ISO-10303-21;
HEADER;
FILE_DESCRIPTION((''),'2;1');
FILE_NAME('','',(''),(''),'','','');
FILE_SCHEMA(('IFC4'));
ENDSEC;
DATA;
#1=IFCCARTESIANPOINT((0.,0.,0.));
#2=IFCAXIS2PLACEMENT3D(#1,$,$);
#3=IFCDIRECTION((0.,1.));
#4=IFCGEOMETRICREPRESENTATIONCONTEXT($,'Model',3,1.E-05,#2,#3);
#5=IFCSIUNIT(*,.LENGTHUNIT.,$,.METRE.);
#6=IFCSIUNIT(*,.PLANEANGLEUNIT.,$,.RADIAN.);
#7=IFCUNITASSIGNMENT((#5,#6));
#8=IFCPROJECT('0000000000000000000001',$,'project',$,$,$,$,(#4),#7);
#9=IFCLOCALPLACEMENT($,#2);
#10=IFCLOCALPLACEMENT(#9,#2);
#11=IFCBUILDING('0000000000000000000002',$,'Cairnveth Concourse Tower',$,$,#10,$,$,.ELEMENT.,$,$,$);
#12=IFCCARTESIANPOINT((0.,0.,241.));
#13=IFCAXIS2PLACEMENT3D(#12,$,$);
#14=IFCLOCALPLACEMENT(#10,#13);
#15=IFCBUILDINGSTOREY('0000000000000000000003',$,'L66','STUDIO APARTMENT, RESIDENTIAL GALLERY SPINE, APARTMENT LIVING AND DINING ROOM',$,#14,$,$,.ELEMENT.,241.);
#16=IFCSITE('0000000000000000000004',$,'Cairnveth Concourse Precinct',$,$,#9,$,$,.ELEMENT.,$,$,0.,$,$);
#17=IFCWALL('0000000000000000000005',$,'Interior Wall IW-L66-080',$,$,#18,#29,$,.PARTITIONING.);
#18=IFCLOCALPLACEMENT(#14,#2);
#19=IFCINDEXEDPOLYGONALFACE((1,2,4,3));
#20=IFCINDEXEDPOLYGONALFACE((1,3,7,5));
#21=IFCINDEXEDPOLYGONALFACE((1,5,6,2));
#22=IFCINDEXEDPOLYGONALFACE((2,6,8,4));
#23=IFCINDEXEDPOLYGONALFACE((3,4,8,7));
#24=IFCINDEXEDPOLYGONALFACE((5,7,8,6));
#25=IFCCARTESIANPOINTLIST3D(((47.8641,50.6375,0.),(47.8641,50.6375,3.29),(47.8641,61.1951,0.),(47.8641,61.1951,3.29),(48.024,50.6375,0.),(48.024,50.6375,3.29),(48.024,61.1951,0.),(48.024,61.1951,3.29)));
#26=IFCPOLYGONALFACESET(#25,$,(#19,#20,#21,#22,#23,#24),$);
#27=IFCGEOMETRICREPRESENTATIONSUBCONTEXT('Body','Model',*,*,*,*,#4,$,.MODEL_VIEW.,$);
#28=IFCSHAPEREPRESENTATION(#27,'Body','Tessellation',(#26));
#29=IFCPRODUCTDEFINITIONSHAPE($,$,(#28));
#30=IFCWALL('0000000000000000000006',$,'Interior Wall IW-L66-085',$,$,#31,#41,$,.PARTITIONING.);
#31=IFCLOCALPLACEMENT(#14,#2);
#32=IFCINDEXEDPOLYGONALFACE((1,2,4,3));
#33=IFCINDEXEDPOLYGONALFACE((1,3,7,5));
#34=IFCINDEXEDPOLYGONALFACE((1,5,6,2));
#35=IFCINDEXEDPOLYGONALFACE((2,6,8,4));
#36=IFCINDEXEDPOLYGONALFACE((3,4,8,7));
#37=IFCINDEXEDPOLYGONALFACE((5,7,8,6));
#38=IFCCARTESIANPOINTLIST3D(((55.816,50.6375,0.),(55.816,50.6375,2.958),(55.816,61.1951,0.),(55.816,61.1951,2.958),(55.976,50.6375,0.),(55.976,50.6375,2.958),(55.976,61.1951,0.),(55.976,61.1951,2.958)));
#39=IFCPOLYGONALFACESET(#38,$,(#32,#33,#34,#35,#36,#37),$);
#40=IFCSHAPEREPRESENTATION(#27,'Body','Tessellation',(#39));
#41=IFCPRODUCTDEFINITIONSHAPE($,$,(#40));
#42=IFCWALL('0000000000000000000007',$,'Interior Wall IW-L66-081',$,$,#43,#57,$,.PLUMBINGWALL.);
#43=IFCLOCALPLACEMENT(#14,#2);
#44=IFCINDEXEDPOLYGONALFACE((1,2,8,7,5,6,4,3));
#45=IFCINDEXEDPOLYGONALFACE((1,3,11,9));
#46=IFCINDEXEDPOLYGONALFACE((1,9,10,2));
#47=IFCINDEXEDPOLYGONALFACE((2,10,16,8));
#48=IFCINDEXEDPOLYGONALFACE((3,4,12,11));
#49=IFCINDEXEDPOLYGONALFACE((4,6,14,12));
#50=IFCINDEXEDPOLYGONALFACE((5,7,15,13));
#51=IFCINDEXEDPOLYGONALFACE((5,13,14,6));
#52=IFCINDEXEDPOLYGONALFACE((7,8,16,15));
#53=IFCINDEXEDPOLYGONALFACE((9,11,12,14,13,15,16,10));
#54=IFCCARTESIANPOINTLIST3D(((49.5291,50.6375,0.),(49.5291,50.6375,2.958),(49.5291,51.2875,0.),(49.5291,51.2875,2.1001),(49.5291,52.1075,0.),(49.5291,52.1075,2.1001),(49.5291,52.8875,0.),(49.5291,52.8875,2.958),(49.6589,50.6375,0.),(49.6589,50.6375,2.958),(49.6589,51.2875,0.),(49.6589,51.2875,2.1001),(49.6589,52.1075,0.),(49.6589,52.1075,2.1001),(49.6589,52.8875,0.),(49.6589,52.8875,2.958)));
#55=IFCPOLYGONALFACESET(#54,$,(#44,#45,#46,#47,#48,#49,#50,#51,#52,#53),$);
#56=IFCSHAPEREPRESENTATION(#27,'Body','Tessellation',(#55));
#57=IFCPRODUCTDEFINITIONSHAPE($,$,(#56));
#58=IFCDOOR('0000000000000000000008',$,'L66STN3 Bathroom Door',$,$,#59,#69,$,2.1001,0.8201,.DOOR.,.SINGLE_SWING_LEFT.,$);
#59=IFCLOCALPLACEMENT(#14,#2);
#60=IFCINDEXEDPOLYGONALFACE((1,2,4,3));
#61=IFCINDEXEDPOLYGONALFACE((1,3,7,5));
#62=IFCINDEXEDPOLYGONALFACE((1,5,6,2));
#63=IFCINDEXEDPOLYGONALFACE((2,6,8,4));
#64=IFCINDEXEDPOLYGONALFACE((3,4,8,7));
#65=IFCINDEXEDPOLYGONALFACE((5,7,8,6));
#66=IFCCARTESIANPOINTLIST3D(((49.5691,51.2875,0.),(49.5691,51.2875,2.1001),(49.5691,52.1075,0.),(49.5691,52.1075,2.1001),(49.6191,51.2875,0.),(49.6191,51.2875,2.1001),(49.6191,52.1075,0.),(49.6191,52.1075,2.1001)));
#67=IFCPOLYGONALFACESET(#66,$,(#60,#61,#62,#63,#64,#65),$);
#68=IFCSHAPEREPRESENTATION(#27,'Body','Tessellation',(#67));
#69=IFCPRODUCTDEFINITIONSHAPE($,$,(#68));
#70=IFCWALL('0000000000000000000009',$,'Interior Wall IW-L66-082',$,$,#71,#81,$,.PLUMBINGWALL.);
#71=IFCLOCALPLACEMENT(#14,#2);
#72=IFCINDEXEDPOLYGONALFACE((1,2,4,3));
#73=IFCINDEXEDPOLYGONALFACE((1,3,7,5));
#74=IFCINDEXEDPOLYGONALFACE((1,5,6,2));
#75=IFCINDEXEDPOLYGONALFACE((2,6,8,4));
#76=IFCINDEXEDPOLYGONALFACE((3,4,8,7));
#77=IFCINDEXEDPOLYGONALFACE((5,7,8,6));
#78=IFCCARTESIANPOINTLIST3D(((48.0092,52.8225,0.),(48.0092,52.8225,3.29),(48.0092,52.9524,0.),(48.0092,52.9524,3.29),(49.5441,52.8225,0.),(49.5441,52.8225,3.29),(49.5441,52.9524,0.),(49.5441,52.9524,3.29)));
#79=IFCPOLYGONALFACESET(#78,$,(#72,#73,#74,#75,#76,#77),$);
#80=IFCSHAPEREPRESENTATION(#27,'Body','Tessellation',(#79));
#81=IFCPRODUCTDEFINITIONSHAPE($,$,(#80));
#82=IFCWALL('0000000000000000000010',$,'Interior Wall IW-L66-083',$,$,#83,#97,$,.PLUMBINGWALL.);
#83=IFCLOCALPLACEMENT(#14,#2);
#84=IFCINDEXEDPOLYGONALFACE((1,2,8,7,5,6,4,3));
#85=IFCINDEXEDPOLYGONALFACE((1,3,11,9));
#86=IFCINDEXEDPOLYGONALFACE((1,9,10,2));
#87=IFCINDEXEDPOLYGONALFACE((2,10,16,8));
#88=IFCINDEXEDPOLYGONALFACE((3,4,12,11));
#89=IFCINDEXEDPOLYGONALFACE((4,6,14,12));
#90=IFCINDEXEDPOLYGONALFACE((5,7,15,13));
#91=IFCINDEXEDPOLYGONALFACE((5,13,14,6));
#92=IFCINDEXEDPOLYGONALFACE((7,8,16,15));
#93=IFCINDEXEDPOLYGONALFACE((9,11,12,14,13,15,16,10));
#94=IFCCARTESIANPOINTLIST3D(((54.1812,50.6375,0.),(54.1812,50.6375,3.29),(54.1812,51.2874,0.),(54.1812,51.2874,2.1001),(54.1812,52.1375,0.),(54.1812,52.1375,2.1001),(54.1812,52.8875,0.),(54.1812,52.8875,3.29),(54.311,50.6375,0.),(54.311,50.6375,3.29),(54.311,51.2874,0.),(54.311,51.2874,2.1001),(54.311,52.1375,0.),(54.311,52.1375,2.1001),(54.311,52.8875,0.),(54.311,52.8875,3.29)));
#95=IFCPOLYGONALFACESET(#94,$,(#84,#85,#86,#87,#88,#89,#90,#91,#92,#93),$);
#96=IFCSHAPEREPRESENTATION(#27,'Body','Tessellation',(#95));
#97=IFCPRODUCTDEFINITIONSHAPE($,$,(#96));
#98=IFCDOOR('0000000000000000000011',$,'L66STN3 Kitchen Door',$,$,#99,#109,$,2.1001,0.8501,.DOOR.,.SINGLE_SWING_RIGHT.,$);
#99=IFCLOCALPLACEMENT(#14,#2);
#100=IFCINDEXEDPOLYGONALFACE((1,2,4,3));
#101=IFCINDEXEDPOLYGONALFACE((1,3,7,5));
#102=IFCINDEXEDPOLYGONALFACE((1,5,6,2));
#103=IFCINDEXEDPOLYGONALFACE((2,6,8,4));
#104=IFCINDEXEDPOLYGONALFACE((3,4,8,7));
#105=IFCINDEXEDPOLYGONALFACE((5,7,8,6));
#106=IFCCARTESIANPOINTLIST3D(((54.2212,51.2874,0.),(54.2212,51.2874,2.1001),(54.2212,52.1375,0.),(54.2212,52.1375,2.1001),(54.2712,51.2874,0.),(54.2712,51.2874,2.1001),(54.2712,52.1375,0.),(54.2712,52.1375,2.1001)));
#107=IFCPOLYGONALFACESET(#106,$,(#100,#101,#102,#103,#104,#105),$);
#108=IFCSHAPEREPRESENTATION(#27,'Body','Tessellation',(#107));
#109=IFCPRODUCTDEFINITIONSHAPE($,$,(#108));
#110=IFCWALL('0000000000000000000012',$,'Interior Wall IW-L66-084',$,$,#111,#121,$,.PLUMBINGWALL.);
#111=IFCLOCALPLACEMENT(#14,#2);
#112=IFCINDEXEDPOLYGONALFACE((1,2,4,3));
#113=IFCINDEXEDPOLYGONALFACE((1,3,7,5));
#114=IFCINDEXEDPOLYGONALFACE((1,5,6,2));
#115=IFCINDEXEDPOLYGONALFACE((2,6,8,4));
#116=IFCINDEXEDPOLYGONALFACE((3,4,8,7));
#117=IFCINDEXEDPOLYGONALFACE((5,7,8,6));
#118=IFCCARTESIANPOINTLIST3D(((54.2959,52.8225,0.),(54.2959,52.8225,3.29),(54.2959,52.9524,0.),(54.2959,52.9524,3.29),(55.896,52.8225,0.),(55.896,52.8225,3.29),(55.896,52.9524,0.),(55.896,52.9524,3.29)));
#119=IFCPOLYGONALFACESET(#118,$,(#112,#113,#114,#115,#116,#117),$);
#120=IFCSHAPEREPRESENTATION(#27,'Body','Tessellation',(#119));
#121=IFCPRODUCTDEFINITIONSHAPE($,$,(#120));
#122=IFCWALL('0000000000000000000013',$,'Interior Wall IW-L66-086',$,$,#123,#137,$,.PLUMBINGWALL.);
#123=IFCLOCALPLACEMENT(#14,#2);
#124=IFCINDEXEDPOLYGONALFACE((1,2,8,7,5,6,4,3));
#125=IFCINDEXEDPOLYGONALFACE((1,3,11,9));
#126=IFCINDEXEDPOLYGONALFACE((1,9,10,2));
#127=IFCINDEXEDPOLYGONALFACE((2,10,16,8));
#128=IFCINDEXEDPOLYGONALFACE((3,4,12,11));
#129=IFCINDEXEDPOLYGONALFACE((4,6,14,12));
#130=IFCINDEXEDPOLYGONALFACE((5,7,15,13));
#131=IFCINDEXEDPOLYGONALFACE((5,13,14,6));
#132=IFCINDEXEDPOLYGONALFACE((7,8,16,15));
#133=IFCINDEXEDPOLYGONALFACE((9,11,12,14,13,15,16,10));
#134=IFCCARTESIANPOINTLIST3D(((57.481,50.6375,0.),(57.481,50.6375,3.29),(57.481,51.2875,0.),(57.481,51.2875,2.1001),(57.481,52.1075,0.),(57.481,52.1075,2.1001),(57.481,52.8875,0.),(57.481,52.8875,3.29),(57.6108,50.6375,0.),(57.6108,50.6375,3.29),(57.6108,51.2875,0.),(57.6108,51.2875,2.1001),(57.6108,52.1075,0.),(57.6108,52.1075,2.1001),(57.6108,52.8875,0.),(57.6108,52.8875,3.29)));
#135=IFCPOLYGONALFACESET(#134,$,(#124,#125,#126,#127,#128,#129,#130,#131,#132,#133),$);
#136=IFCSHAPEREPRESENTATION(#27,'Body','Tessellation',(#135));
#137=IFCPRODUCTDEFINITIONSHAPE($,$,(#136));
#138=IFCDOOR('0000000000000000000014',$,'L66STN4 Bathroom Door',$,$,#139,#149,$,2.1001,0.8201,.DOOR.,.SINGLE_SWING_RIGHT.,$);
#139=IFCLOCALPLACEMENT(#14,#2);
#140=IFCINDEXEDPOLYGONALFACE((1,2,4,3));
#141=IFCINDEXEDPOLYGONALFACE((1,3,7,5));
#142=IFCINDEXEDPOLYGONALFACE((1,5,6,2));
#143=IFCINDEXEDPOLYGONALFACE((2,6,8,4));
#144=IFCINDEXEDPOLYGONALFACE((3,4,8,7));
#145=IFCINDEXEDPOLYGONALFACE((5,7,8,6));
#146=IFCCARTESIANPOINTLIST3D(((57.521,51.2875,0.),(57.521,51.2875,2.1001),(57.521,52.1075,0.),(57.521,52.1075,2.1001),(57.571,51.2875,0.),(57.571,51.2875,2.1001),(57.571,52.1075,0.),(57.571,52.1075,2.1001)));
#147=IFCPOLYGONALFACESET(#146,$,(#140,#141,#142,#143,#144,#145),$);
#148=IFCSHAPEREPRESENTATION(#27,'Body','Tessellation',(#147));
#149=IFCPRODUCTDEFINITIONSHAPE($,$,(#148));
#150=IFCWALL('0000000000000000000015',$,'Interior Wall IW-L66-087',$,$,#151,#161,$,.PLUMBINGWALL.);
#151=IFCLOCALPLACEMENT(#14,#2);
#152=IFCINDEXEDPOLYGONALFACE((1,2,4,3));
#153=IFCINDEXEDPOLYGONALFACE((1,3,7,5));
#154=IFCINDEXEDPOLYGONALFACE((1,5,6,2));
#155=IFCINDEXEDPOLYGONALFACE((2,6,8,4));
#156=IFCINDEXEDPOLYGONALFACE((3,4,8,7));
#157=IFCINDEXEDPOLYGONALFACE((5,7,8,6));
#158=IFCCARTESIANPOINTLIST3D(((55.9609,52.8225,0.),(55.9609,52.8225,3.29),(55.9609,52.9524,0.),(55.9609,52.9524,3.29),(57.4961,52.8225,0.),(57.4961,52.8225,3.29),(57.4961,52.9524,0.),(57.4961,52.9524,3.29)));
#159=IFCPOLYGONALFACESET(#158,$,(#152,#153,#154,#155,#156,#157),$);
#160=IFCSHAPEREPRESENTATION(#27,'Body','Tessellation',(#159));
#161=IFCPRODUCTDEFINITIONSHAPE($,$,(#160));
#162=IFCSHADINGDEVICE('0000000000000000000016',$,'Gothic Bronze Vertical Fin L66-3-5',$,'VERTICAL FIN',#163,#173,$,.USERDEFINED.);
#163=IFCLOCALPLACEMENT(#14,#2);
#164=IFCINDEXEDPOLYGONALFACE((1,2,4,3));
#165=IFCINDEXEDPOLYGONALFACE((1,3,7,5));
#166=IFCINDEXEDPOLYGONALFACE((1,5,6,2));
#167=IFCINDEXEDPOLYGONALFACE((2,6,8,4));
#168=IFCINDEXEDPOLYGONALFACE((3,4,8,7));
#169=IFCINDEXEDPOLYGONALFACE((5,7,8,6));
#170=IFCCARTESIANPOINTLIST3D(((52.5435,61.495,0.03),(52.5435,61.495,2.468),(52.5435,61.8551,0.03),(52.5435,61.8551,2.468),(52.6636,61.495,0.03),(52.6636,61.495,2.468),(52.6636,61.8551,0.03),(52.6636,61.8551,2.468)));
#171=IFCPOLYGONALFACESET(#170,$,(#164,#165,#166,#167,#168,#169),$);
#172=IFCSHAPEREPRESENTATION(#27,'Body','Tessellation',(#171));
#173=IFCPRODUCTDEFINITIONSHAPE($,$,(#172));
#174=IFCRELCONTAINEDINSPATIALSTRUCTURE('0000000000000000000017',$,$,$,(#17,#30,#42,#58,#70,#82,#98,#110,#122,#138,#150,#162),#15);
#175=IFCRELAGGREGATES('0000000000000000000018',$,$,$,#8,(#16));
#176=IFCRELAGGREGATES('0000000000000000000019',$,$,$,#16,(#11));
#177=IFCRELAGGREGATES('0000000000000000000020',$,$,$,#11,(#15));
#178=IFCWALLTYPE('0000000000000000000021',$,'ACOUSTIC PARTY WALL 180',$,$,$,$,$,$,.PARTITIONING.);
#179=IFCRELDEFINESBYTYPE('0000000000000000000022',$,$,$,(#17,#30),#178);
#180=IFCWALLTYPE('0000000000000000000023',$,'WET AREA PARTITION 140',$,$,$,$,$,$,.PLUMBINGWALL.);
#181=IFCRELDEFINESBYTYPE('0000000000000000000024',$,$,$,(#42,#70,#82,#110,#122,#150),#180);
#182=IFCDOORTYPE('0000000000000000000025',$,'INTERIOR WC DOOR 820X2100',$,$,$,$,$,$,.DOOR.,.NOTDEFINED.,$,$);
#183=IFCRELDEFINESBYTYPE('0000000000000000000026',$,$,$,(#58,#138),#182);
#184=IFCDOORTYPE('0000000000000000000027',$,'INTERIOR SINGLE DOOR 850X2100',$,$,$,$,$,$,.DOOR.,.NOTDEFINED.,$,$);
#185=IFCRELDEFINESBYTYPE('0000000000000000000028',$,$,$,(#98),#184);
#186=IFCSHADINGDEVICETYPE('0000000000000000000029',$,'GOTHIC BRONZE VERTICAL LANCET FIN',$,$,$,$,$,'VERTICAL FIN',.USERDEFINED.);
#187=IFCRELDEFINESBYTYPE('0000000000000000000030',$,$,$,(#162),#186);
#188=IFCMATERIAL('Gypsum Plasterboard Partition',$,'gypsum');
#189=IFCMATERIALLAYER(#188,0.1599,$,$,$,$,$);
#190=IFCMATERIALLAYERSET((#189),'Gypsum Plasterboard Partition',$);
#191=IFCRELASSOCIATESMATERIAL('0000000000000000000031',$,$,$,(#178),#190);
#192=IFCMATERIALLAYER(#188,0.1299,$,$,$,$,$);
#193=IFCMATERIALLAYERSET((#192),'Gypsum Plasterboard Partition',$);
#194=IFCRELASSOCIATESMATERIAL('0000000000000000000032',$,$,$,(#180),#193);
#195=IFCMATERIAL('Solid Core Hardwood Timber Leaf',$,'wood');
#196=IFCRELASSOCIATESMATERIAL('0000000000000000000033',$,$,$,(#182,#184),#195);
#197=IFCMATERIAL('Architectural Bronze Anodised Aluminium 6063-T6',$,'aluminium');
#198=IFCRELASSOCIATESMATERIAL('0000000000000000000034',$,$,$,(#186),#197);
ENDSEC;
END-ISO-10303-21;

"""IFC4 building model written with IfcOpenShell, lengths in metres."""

from ifc_helpers import new_model, si_unit, direction, frame, frame_2d, origin, origin_2d, place, context, subcontext, project, spatial, rectangle, extrude, material, layer, layer_set, type_object, element, fill, save


model = new_model("IFC4")

# Units and contexts
model_context = context("Model", 3, precision=1e-05, world=origin(), true_north=direction((0.0, 1.0)))
body_context = subcontext(model_context, "Body", "Model", "MODEL_VIEW")
ifc_project = project(units=[si_unit("LENGTHUNIT", "METRE"), si_unit("PLANEANGLEUNIT", "RADIAN")], contexts=[model_context])

# Site, building, storey
site_placement = place(None, origin())
site = spatial("IfcSite", under=ifc_project, at=site_placement, Name="Cairnveth Concourse Precinct", CompositionType="ELEMENT", RefElevation=0.0)
building_placement = place(site_placement, origin())
building = spatial("IfcBuilding", under=site, at=building_placement, Name="Cairnveth Concourse Tower", CompositionType="ELEMENT")
storey_placement = place(building_placement, frame((0.0, 0.0, 241.0)))
storey = spatial("IfcBuildingStorey", under=building, at=storey_placement, Name="L66", Description="STUDIO APARTMENT, RESIDENTIAL GALLERY SPINE, APARTMENT LIVING AND DINING ROOM", CompositionType="ELEMENT", Elevation=241.0)

# Walls
ifc_material_1 = material(Name="Gypsum Plasterboard Partition", Category="gypsum")
ifc_layer_1 = layer(ifc_material_1, 0.1599)
ifc_layer_set_1 = layer_set([ifc_layer_1], Name="Gypsum Plasterboard Partition")
wall_type_1 = type_object("IfcWallType", Name="ACOUSTIC PARTY WALL 180", PredefinedType="PARTITIONING", material=ifc_layer_set_1)
wall_1_placement = place(storey_placement, frame((47.9441, 50.6375, 0.0), z_axis=(0.0, 0.0, 1.0), x_axis=(0.0, 1.0, 0.0)))
element("IfcWall", 1, at=wall_1_placement, inside=storey, type_object=wall_type_1, Name="Interior Wall IW-L66-080", PredefinedType="PARTITIONING", context=body_context, shape_type="SweptSolid", body=[
    extrude(rectangle(XDim=10.5576, YDim=0.1599, at=frame_2d((5.2788, 0.0))), origin(), (0.0, 0.0, 1.0), 3.29),
])
wall_2_placement = place(storey_placement, frame((55.896, 50.6375, 0.0), z_axis=(0.0, 0.0, 1.0), x_axis=(0.0, 1.0, 0.0)))
element("IfcWall", 2, at=wall_2_placement, inside=storey, type_object=wall_type_1, Name="Interior Wall IW-L66-085", PredefinedType="PARTITIONING", context=body_context, shape_type="SweptSolid", body=[
    extrude(rectangle(XDim=10.5576, YDim=0.1599, at=frame_2d((5.2788, 0.0))), origin(), (0.0, 0.0, 1.0), 2.958),
])

# Wall, opening, door
ifc_layer_2 = layer(ifc_material_1, 0.1299)
ifc_layer_set_2 = layer_set([ifc_layer_2], Name="Gypsum Plasterboard Partition")
wall_type_2 = type_object("IfcWallType", Name="WET AREA PARTITION 140", PredefinedType="PLUMBINGWALL", material=ifc_layer_set_2)
wall_3_placement = place(storey_placement, frame((49.594, 50.6375, 0.0), z_axis=(0.0, 0.0, 1.0), x_axis=(0.0, 1.0, 0.0)))
wall_3 = element("IfcWall", 3, at=wall_3_placement, inside=storey, type_object=wall_type_2, Name="Interior Wall IW-L66-081", PredefinedType="PLUMBINGWALL", context=body_context, shape_type="SweptSolid", body=[
    extrude(rectangle(XDim=2.25, YDim=0.1299, at=frame_2d((1.125, 0.0))), origin(), (0.0, 0.0, 1.0), 2.958),
])
opening_1_placement = place(wall_3_placement, frame((0.6499, 0.0, 0.0)))
opening_1 = element("IfcOpeningElement", 4, at=opening_1_placement, cuts=wall_3, PredefinedType="OPENING", context=body_context, shape_type="SweptSolid", body=[
    extrude(rectangle(XDim=0.8201, YDim=2.1001, at=frame_2d((0.4102, 1.05))), frame((0.0, 0.075, 0.0), z_axis=(0.0, -1.0, 0.0), x_axis=(1.0, 0.0, 0.0)), (0.0, 0.0, 1.0), 0.1499),
])
ifc_material_2 = material(Name="Solid Core Hardwood Timber Leaf", Category="wood")
door_type_1 = type_object("IfcDoorType", Name="INTERIOR WC DOOR 820X2100", OperationType="NOTDEFINED", PredefinedType="DOOR", material=ifc_material_2)
door_1_placement = place(opening_1_placement, origin())
door_1 = element("IfcDoor", 5, at=door_1_placement, inside=storey, type_object=door_type_1, Name="L66STN3 Bathroom Door", OperationType="SINGLE_SWING_LEFT", OverallHeight=2.1001, OverallWidth=0.8201, PredefinedType="DOOR", context=body_context, shape_type="SweptSolid", body=[
    extrude(rectangle(XDim=0.8201, YDim=2.1001, at=frame_2d((0.4102, 1.05))), frame((0.0, 0.0249, 0.0), z_axis=(0.0, -1.0, 0.0), x_axis=(1.0, 0.0, 0.0)), (0.0, 0.0, 1.0), 0.05),
])
fill(opening_1, door_1)

# Wall
wall_4_placement = place(storey_placement, frame((48.009, 52.8875, 0.0), z_axis=(0.0, 0.0, 1.0), x_axis=(1.0, 0.0, 0.0)))
element("IfcWall", 6, at=wall_4_placement, inside=storey, type_object=wall_type_2, Name="Interior Wall IW-L66-082", PredefinedType="PLUMBINGWALL", context=body_context, shape_type="SweptSolid", body=[
    extrude(rectangle(XDim=1.5349, YDim=0.1299, at=frame_2d((0.7676, 0.0))), origin(), (0.0, 0.0, 1.0), 3.29),
])

# Wall, opening, door
wall_5_placement = place(storey_placement, frame((54.2461, 50.6375, 0.0), z_axis=(0.0, 0.0, 1.0), x_axis=(0.0, 1.0, 0.0)))
wall_5 = element("IfcWall", 7, at=wall_5_placement, inside=storey, type_object=wall_type_2, Name="Interior Wall IW-L66-083", PredefinedType="PLUMBINGWALL", context=body_context, shape_type="SweptSolid", body=[
    extrude(rectangle(XDim=2.25, YDim=0.1299, at=frame_2d((1.125, 0.0))), origin(), (0.0, 0.0, 1.0), 3.29),
])
opening_2_placement = place(wall_5_placement, frame((0.6499, 0.0, 0.0)))
opening_2 = element("IfcOpeningElement", 8, at=opening_2_placement, cuts=wall_5, PredefinedType="OPENING", context=body_context, shape_type="SweptSolid", body=[
    extrude(rectangle(XDim=0.8501, YDim=2.1001, at=frame_2d((0.425, 1.05))), frame((0.0, 0.075, 0.0), z_axis=(0.0, -1.0, 0.0), x_axis=(1.0, 0.0, 0.0)), (0.0, 0.0, 1.0), 0.1499),
])
door_type_2 = type_object("IfcDoorType", Name="INTERIOR SINGLE DOOR 850X2100", OperationType="NOTDEFINED", PredefinedType="DOOR", material=ifc_material_2)
door_2_placement = place(opening_2_placement, origin())
door_2 = element("IfcDoor", 9, at=door_2_placement, inside=storey, type_object=door_type_2, Name="L66STN3 Kitchen Door", OperationType="SINGLE_SWING_RIGHT", OverallHeight=2.1001, OverallWidth=0.8501, PredefinedType="DOOR", context=body_context, shape_type="SweptSolid", body=[
    extrude(rectangle(XDim=0.8501, YDim=2.1001, at=frame_2d((0.425, 1.05))), frame((0.0, 0.0249, 0.0), z_axis=(0.0, -1.0, 0.0), x_axis=(1.0, 0.0, 0.0)), (0.0, 0.0, 1.0), 0.05),
])
fill(opening_2, door_2)

# Wall
wall_6_placement = place(storey_placement, frame((54.2959, 52.8875, 0.0), z_axis=(0.0, 0.0, 1.0), x_axis=(1.0, 0.0, 0.0)))
element("IfcWall", 10, at=wall_6_placement, inside=storey, type_object=wall_type_2, Name="Interior Wall IW-L66-084", PredefinedType="PLUMBINGWALL", context=body_context, shape_type="SweptSolid", body=[
    extrude(rectangle(XDim=1.6001, YDim=0.1299, at=frame_2d((0.8, 0.0))), origin(), (0.0, 0.0, 1.0), 3.29),
])

# Wall, opening, door
wall_7_placement = place(storey_placement, frame((57.5459, 50.6375, 0.0), z_axis=(0.0, 0.0, 1.0), x_axis=(0.0, 1.0, 0.0)))
wall_7 = element("IfcWall", 11, at=wall_7_placement, inside=storey, type_object=wall_type_2, Name="Interior Wall IW-L66-086", PredefinedType="PLUMBINGWALL", context=body_context, shape_type="SweptSolid", body=[
    extrude(rectangle(XDim=2.25, YDim=0.1299, at=frame_2d((1.125, 0.0))), origin(), (0.0, 0.0, 1.0), 3.29),
])
opening_3_placement = place(wall_7_placement, frame((0.6499, 0.0, 0.0)))
opening_3 = element("IfcOpeningElement", 12, at=opening_3_placement, cuts=wall_7, PredefinedType="OPENING", context=body_context, shape_type="SweptSolid", body=[
    extrude(rectangle(XDim=0.8201, YDim=2.1001, at=frame_2d((0.4102, 1.05))), frame((0.0, 0.075, 0.0), z_axis=(0.0, -1.0, 0.0), x_axis=(1.0, 0.0, 0.0)), (0.0, 0.0, 1.0), 0.1499),
])
door_3_placement = place(opening_3_placement, origin())
door_3 = element("IfcDoor", 13, at=door_3_placement, inside=storey, type_object=door_type_1, Name="L66STN4 Bathroom Door", OperationType="SINGLE_SWING_RIGHT", OverallHeight=2.1001, OverallWidth=0.8201, PredefinedType="DOOR", context=body_context, shape_type="SweptSolid", body=[
    extrude(rectangle(XDim=0.8201, YDim=2.1001, at=frame_2d((0.4102, 1.05))), frame((0.0, 0.0249, 0.0), z_axis=(0.0, -1.0, 0.0), x_axis=(1.0, 0.0, 0.0)), (0.0, 0.0, 1.0), 0.05),
])
fill(opening_3, door_3)

# Wall
wall_8_placement = place(storey_placement, frame((55.9609, 52.8875, 0.0), z_axis=(0.0, 0.0, 1.0), x_axis=(1.0, 0.0, 0.0)))
element("IfcWall", 14, at=wall_8_placement, inside=storey, type_object=wall_type_2, Name="Interior Wall IW-L66-087", PredefinedType="PLUMBINGWALL", context=body_context, shape_type="SweptSolid", body=[
    extrude(rectangle(XDim=1.5352, YDim=0.1299, at=frame_2d((0.7676, 0.0))), origin(), (0.0, 0.0, 1.0), 3.29),
])

# Shading device
ifc_material_3 = material(Name="Architectural Bronze Anodised Aluminium 6063-T6", Category="aluminium")
shading_device_type = type_object("IfcShadingDeviceType", Name="GOTHIC BRONZE VERTICAL LANCET FIN", ElementType="VERTICAL FIN", PredefinedType="USERDEFINED", material=ifc_material_3)
for number, where, z_axis, x_axis, name in (
    (15, (52.6035, 61.675, 0.03), (0.0, 0.0, 1.0), (1.0, 0.0, 0.0), "Gothic Bronze Vertical Fin L66-3-5"),
):
    element("IfcShadingDevice", number, at=place(storey_placement, frame(where, z_axis=z_axis, x_axis=x_axis)), inside=storey, type_object=shading_device_type, Name=name, ObjectType="VERTICAL FIN", PredefinedType="USERDEFINED", context=body_context, shape_type="SweptSolid", body=[
        extrude(rectangle(XDim=0.1201, YDim=0.3601, at=origin_2d()), origin(), (0.0, 0.0, 1.0), 2.438),
    ])

save(model, "model.ifc")
